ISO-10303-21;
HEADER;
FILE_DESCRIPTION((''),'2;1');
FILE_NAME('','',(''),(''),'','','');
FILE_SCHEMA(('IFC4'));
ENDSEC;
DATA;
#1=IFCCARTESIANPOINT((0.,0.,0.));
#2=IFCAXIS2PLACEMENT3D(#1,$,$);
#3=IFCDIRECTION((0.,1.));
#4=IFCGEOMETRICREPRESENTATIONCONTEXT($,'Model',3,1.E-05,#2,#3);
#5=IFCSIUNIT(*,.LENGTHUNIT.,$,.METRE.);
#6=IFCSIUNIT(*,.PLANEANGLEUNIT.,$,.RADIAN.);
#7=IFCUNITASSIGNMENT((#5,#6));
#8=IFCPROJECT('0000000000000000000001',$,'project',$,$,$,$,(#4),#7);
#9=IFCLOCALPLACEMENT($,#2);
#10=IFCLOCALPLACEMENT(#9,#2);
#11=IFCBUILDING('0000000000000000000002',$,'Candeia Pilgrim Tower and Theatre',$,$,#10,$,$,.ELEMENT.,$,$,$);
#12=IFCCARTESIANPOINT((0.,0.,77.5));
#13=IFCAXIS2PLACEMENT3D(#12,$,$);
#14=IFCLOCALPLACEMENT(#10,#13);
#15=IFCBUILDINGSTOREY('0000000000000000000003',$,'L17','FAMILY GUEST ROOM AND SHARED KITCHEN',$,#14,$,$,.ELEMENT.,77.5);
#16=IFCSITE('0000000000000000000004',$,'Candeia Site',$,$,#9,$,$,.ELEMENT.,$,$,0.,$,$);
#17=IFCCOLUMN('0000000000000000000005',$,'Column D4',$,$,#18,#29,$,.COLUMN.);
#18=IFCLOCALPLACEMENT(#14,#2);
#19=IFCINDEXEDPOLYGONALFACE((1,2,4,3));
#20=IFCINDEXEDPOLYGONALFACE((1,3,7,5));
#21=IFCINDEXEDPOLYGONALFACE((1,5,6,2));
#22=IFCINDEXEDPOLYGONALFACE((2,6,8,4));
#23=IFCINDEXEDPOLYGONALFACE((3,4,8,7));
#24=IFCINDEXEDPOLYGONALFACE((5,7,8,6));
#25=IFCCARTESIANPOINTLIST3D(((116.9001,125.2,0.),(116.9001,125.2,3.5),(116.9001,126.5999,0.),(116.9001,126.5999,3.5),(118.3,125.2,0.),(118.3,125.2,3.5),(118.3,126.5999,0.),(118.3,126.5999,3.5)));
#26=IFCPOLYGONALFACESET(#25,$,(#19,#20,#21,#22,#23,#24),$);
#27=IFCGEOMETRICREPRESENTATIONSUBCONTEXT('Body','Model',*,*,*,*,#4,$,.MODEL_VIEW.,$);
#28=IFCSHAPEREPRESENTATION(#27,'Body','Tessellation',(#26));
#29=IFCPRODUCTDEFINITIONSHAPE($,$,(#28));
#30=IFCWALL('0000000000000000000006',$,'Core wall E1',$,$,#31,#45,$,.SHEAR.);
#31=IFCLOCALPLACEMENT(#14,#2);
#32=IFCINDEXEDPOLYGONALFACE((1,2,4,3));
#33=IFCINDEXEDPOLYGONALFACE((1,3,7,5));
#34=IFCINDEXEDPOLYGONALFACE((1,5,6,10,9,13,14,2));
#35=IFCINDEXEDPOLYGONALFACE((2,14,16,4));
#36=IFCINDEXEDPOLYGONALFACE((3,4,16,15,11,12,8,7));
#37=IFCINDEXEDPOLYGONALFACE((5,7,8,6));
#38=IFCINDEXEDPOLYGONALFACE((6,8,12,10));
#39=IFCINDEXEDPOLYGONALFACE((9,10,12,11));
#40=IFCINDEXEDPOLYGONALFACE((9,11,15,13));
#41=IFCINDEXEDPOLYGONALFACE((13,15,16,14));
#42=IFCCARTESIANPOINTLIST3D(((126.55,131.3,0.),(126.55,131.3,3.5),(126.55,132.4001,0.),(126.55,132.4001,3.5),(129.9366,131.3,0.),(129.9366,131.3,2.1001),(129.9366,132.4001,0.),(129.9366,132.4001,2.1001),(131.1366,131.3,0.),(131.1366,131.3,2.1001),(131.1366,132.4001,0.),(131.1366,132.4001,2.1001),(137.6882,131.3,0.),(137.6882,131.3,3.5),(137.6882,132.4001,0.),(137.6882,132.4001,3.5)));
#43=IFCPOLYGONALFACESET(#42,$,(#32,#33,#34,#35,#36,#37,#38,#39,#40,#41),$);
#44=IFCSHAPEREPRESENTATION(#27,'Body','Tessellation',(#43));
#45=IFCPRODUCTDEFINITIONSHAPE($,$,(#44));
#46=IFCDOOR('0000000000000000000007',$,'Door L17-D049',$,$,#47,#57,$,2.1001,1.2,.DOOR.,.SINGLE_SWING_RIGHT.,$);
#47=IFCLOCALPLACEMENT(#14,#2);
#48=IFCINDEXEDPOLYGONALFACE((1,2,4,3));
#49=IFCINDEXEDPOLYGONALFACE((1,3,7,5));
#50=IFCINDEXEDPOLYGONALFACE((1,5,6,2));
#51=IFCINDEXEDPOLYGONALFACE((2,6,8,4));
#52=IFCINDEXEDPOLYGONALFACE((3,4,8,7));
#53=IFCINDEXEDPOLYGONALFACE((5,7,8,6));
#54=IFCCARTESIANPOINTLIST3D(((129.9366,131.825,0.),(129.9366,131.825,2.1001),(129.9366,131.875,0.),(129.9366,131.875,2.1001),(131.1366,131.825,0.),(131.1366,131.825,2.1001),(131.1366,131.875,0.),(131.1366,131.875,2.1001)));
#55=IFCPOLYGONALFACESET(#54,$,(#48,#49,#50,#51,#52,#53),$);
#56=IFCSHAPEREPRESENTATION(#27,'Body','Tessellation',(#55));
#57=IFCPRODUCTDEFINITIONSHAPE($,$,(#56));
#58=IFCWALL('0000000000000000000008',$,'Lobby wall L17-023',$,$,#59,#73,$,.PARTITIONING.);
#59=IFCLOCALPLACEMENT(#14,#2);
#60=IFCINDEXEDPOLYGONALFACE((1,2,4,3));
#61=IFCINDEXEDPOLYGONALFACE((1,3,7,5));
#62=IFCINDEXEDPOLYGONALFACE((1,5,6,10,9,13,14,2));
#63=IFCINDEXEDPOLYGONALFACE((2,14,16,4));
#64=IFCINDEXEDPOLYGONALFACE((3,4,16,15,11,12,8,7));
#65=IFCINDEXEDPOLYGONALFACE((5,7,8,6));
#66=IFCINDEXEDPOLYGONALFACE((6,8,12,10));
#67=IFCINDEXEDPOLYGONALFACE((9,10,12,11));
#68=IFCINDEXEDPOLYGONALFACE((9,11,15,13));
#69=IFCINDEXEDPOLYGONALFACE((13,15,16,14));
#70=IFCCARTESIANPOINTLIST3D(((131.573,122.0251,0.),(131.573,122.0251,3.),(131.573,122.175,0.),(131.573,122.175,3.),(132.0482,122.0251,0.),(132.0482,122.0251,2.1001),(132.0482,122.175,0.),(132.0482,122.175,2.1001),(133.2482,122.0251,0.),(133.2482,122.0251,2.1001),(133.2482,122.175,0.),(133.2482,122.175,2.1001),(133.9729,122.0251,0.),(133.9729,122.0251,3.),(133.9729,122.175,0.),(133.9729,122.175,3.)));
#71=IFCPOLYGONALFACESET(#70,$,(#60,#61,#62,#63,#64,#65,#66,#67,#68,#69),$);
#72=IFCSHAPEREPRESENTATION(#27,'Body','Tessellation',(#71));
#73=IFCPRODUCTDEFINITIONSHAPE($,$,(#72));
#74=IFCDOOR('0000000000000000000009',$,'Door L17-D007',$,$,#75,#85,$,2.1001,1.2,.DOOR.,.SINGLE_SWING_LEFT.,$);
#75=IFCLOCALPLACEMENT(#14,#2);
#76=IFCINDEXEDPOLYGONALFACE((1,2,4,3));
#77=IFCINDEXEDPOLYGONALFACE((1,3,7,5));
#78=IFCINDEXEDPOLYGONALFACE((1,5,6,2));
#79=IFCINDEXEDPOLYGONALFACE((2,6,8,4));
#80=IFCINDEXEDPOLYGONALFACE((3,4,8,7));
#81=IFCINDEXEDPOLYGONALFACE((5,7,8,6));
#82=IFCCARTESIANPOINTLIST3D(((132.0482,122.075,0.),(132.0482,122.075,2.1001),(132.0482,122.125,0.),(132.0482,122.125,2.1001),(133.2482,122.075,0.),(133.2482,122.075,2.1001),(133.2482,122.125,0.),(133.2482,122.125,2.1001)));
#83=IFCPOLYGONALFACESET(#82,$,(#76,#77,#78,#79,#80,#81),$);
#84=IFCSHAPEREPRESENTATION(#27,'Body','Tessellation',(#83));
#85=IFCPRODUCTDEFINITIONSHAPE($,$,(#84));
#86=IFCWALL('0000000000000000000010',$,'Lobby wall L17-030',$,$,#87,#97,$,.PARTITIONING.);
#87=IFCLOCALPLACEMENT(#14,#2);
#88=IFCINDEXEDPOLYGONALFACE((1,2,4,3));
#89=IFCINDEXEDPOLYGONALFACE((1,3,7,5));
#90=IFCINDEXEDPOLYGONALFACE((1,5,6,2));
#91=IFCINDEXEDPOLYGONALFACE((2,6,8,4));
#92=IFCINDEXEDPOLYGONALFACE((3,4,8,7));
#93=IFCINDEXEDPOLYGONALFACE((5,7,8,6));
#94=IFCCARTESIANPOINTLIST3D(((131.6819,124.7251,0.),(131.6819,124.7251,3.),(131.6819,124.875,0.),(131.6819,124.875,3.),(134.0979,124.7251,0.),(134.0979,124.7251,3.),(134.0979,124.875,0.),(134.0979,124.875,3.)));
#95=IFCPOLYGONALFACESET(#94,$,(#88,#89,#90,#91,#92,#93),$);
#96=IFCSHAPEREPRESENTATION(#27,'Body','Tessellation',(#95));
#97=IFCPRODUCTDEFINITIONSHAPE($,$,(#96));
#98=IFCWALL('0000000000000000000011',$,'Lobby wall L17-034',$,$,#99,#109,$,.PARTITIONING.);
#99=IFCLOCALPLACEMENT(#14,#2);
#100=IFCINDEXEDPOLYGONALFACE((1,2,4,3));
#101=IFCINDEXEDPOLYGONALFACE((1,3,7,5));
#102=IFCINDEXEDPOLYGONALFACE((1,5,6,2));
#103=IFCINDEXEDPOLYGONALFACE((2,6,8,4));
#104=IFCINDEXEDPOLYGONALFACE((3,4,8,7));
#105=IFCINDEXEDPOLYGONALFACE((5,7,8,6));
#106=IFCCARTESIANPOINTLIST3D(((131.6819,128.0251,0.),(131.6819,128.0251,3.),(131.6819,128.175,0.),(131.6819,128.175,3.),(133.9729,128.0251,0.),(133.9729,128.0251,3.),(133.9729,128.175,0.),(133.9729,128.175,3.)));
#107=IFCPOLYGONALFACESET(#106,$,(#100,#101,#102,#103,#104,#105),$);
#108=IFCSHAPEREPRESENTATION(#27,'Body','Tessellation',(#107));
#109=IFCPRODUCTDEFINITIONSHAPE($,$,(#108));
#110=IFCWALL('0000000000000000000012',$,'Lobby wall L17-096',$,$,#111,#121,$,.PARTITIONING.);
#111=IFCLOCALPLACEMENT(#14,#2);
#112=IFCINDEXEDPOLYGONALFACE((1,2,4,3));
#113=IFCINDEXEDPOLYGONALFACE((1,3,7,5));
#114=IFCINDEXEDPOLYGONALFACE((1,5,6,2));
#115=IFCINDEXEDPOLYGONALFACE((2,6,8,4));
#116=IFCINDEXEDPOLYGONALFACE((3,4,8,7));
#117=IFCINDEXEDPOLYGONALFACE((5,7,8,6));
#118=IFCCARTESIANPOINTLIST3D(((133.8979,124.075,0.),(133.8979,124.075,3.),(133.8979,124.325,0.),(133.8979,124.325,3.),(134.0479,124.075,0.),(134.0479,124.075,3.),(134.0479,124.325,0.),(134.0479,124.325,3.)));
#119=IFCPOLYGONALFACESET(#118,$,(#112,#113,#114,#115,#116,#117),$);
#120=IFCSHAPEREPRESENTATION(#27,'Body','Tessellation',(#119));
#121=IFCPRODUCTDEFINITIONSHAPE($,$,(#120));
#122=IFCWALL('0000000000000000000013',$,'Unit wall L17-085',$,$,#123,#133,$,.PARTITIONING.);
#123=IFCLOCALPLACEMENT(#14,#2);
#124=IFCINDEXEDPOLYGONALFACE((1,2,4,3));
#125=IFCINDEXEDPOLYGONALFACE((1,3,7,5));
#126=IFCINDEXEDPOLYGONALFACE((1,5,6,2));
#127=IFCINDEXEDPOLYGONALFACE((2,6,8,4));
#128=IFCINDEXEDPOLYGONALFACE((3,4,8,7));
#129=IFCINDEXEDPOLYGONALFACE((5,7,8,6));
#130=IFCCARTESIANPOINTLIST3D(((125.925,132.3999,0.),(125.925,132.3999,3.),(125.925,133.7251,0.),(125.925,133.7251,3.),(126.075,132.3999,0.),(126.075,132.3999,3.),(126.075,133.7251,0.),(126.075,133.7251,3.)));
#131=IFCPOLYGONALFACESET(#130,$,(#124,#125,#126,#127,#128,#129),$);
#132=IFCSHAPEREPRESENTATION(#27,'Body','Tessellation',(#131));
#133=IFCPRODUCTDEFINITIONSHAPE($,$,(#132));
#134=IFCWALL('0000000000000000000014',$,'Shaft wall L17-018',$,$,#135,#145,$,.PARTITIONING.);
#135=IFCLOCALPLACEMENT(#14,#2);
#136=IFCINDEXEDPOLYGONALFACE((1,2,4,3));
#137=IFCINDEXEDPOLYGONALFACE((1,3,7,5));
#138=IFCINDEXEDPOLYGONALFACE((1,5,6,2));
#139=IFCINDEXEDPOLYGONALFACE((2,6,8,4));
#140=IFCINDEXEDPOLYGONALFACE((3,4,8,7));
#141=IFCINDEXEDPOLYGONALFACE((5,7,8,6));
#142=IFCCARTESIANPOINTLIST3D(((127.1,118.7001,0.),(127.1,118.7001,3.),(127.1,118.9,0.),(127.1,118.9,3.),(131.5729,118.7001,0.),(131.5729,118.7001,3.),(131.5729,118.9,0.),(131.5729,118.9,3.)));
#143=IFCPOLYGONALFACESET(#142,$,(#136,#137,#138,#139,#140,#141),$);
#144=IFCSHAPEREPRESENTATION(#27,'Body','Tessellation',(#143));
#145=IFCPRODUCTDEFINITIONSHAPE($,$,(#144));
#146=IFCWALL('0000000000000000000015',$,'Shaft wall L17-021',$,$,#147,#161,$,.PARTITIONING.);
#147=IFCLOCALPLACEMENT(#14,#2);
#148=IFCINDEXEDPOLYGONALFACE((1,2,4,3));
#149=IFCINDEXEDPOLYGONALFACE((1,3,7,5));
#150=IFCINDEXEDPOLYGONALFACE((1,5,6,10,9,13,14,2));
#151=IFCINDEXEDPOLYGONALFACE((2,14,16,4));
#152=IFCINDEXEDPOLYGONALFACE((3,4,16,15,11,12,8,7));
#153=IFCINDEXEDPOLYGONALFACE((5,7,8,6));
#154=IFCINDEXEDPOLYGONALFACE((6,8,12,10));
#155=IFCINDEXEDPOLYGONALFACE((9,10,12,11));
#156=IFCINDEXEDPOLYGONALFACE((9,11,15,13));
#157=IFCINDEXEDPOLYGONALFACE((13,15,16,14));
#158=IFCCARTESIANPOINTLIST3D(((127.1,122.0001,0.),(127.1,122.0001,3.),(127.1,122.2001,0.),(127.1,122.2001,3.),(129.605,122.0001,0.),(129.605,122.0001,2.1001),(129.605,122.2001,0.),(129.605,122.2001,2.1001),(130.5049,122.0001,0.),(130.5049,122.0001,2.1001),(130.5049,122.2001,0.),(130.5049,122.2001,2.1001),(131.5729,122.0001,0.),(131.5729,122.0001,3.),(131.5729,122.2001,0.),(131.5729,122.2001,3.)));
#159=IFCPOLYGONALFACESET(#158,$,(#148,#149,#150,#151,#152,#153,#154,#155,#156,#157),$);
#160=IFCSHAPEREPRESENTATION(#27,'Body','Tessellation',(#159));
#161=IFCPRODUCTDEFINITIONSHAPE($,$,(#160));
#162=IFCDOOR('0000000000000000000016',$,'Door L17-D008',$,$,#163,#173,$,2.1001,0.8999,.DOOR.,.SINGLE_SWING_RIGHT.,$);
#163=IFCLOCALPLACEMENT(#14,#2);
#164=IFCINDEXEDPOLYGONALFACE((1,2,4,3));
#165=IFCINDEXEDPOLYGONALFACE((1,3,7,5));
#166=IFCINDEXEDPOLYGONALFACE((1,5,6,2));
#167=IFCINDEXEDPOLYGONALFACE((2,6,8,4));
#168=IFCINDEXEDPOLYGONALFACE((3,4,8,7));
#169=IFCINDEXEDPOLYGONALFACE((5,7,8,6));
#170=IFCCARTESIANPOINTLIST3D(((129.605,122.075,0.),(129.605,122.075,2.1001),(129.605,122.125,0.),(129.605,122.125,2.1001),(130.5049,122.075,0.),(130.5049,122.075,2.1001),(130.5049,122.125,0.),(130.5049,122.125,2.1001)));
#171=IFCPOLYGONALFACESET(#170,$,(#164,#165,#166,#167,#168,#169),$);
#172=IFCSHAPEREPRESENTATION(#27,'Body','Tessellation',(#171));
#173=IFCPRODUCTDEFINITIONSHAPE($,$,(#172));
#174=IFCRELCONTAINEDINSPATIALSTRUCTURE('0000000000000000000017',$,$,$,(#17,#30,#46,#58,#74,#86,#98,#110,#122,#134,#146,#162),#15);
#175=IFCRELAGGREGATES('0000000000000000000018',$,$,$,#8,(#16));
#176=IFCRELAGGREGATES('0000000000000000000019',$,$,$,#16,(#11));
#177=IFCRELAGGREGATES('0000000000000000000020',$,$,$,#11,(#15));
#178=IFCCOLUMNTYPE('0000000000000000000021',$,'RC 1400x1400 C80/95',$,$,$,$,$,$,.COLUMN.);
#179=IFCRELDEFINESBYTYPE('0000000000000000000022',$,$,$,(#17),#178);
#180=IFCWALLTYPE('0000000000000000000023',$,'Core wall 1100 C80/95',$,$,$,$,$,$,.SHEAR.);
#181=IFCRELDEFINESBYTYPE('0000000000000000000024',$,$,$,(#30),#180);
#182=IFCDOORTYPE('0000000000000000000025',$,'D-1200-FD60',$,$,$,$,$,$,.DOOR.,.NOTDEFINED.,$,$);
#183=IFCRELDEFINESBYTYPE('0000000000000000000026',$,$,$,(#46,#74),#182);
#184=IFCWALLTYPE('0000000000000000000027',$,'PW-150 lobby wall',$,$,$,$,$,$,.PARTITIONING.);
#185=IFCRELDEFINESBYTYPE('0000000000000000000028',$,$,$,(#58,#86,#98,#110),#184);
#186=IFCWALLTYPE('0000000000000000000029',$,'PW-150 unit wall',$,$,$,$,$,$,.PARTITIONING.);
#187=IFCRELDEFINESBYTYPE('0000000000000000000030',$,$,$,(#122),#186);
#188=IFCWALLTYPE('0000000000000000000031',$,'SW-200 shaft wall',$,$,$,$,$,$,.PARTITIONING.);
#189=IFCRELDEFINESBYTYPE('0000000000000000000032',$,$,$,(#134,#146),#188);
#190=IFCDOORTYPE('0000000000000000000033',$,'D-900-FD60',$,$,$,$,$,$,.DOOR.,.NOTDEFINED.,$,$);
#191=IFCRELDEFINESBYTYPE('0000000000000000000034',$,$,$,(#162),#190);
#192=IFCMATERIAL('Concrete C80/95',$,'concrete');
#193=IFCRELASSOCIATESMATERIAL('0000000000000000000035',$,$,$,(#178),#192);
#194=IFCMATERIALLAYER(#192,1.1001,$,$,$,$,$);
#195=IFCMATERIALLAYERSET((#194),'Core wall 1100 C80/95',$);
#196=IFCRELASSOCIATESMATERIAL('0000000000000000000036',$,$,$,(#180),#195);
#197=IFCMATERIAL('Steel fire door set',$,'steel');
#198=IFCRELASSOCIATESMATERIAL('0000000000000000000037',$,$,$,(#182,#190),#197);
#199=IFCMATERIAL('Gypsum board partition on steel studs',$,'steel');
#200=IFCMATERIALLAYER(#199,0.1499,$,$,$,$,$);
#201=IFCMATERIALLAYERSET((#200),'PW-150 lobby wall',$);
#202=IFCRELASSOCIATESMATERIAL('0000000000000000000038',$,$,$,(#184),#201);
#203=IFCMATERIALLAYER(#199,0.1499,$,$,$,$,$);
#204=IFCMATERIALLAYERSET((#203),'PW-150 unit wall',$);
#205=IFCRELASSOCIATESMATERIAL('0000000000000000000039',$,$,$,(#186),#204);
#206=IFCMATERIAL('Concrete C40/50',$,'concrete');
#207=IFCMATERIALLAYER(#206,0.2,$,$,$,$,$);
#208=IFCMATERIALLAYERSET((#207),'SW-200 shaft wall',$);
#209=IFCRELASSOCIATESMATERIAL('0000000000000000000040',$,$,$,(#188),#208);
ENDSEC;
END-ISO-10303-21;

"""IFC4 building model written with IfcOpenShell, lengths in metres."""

from ifc_helpers import new_model, si_unit, direction, frame, frame_2d, origin, origin_2d, place, context, subcontext, project, spatial, rectangle, extrude, material, layer, layer_set, material_profile, profile_set, type_object, element, fill, save


model = new_model("IFC4")

# Units and contexts
model_context = context("Model", 3, precision=1e-05, world=origin(), true_north=direction((0.0, 1.0)))
body_context = subcontext(model_context, "Body", "Model", "MODEL_VIEW")
ifc_project = project(units=[si_unit("LENGTHUNIT", "METRE"), si_unit("PLANEANGLEUNIT", "RADIAN")], contexts=[model_context])

# Site, building, storey
site_placement = place(None, origin())
site = spatial("IfcSite", under=ifc_project, at=site_placement, Name="Candeia Site", CompositionType="ELEMENT", RefElevation=0.0)
building_placement = place(site_placement, origin())
building = spatial("IfcBuilding", under=site, at=building_placement, Name="Candeia Pilgrim Tower and Theatre", CompositionType="ELEMENT")
storey_placement = place(building_placement, frame((0.0, 0.0, 77.5)))
storey = spatial("IfcBuildingStorey", under=building, at=storey_placement, Name="L17", Description="FAMILY GUEST ROOM AND SHARED KITCHEN", CompositionType="ELEMENT", Elevation=77.5)

# Column
ifc_material_1 = material(Name="Concrete C80/95", Category="concrete")
ifc_material_profile = material_profile(ifc_material_1, rectangle(XDim=1.3999, YDim=1.3999, at=origin_2d()))
ifc_profile_set = profile_set([ifc_material_profile], Name="Concrete C80/95")
column_type = type_object("IfcColumnType", Name="RC 1400x1400 C80/95", PredefinedType="COLUMN", material=ifc_profile_set)
column_placement = place(storey_placement, frame((117.6001, 125.8999, 0.0), z_axis=(0.0, 0.0, 1.0), x_axis=(1.0, 0.0, 0.0)))
element("IfcColumn", 1, at=column_placement, inside=storey, type_object=column_type, Name="Column D4", PredefinedType="COLUMN", context=body_context, shape_type="SweptSolid", body=[
    extrude(rectangle(XDim=1.3999, YDim=1.3999, at=origin_2d()), origin(), (0.0, 0.0, 1.0), 3.5),
])

# Walls, openings, doors
ifc_layer_1 = layer(ifc_material_1, 1.1001)
ifc_layer_set_1 = layer_set([ifc_layer_1], Name="Core wall 1100 C80/95")
wall_type_1 = type_object("IfcWallType", Name="Core wall 1100 C80/95", PredefinedType="SHEAR", material=ifc_layer_set_1)
wall_1_placement = place(storey_placement, frame((126.55, 131.8501, 0.0), z_axis=(0.0, 0.0, 1.0), x_axis=(1.0, 0.0, 0.0)))
wall_1 = element("IfcWall", 2, at=wall_1_placement, inside=storey, type_object=wall_type_1, Name="Core wall E1", PredefinedType="SHEAR", context=body_context, shape_type="SweptSolid", body=[
    extrude(rectangle(XDim=11.1382, YDim=1.1001, at=frame_2d((5.5691, 0.0))), origin(), (0.0, 0.0, 1.0), 3.5),
])
opening_1_placement = place(wall_1_placement, frame((3.3865, 0.0, 0.0)))
opening_1 = element("IfcOpeningElement", 3, at=opening_1_placement, cuts=wall_1, PredefinedType="OPENING", context=body_context, shape_type="SweptSolid", body=[
    extrude(rectangle(XDim=1.2, YDim=2.1001, at=frame_2d((0.6001, 1.05))), frame((0.0, 0.5601, 0.0), z_axis=(0.0, -1.0, 0.0), x_axis=(1.0, 0.0, 0.0)), (0.0, 0.0, 1.0), 1.1201),
])
ifc_material_2 = material(Name="Steel fire door set", Category="steel")
door_type_1 = type_object("IfcDoorType", Name="D-1200-FD60", OperationType="NOTDEFINED", PredefinedType="DOOR", material=ifc_material_2)
door_1_placement = place(opening_1_placement, origin())
door_1 = element("IfcDoor", 4, at=door_1_placement, inside=storey, type_object=door_type_1, Name="Door L17-D049", OperationType="SINGLE_SWING_RIGHT", OverallHeight=2.1001, OverallWidth=1.2, PredefinedType="DOOR", context=body_context, shape_type="SweptSolid", body=[
    extrude(rectangle(XDim=1.2, YDim=2.1001, at=frame_2d((0.6001, 1.05))), frame((0.0, 0.0249, 0.0), z_axis=(0.0, -1.0, 0.0), x_axis=(1.0, 0.0, 0.0)), (0.0, 0.0, 1.0), 0.05),
])
fill(opening_1, door_1)
ifc_material_3 = material(Name="Gypsum board partition on steel studs", Category="steel")
ifc_layer_2 = layer(ifc_material_3, 0.1499)
ifc_layer_set_2 = layer_set([ifc_layer_2], Name="PW-150 lobby wall")
wall_type_2 = type_object("IfcWallType", Name="PW-150 lobby wall", PredefinedType="PARTITIONING", material=ifc_layer_set_2)
wall_2_placement = place(storey_placement, frame((131.573, 122.1001, 0.0), z_axis=(0.0, 0.0, 1.0), x_axis=(1.0, 0.0, 0.0)))
wall_2 = element("IfcWall", 5, at=wall_2_placement, inside=storey, type_object=wall_type_2, Name="Lobby wall L17-023", PredefinedType="PARTITIONING", context=body_context, shape_type="SweptSolid", body=[
    extrude(rectangle(XDim=2.3999, YDim=0.1499, at=frame_2d((1.2, 0.0))), origin(), (0.0, 0.0, 1.0), 3.0),
])
opening_2_placement = place(wall_2_placement, frame((0.4751, 0.0, 0.0)))
opening_2 = element("IfcOpeningElement", 6, at=opening_2_placement, cuts=wall_2, PredefinedType="OPENING", context=body_context, shape_type="SweptSolid", body=[
    extrude(rectangle(XDim=1.2, YDim=2.1001, at=frame_2d((0.6001, 1.05))), frame((0.0, 0.085, 0.0), z_axis=(0.0, -1.0, 0.0), x_axis=(1.0, 0.0, 0.0)), (0.0, 0.0, 1.0), 0.1699),
])
door_2_placement = place(opening_2_placement, origin())
door_2 = element("IfcDoor", 7, at=door_2_placement, inside=storey, type_object=door_type_1, Name="Door L17-D007", OperationType="SINGLE_SWING_LEFT", OverallHeight=2.1001, OverallWidth=1.2, PredefinedType="DOOR", context=body_context, shape_type="SweptSolid", body=[
    extrude(rectangle(XDim=1.2, YDim=2.1001, at=frame_2d((0.6001, 1.05))), frame((0.0, 0.0249, 0.0), z_axis=(0.0, -1.0, 0.0), x_axis=(1.0, 0.0, 0.0)), (0.0, 0.0, 1.0), 0.05),
])
fill(opening_2, door_2)

# Walls
wall_3_placement = place(storey_placement, frame((131.6819, 124.8, 0.0), z_axis=(0.0, 0.0, 1.0), x_axis=(1.0, 0.0, 0.0)))
element("IfcWall", 8, at=wall_3_placement, inside=storey, type_object=wall_type_2, Name="Lobby wall L17-030", PredefinedType="PARTITIONING", context=body_context, shape_type="SweptSolid", body=[
    extrude(rectangle(XDim=2.416, YDim=0.1499, at=frame_2d((1.208, 0.0))), origin(), (0.0, 0.0, 1.0), 3.0),
])
wall_4_placement = place(storey_placement, frame((131.6819, 128.1001, 0.0), z_axis=(0.0, 0.0, 1.0), x_axis=(1.0, 0.0, 0.0)))
element("IfcWall", 9, at=wall_4_placement, inside=storey, type_object=wall_type_2, Name="Lobby wall L17-034", PredefinedType="PARTITIONING", context=body_context, shape_type="SweptSolid", body=[
    extrude(rectangle(XDim=2.291, YDim=0.1499, at=frame_2d((1.1455, 0.0))), origin(), (0.0, 0.0, 1.0), 3.0),
])
wall_5_placement = place(storey_placement, frame((133.9729, 124.075, 0.0), z_axis=(0.0, 0.0, 1.0), x_axis=(0.0, 1.0, 0.0)))
element("IfcWall", 10, at=wall_5_placement, inside=storey, type_object=wall_type_2, Name="Lobby wall L17-096", PredefinedType="PARTITIONING", context=body_context, shape_type="SweptSolid", body=[
    extrude(rectangle(XDim=0.25, YDim=0.1499, at=frame_2d((0.125, 0.0))), origin(), (0.0, 0.0, 1.0), 3.0),
])
ifc_layer_3 = layer(ifc_material_3, 0.1499)
ifc_layer_set_3 = layer_set([ifc_layer_3], Name="PW-150 unit wall")
wall_type_3 = type_object("IfcWallType", Name="PW-150 unit wall", PredefinedType="PARTITIONING", material=ifc_layer_set_3)
wall_6_placement = place(storey_placement, frame((126.0, 132.3999, 0.0), z_axis=(0.0, 0.0, 1.0), x_axis=(0.0, 1.0, 0.0)))
element("IfcWall", 11, at=wall_6_placement, inside=storey, type_object=wall_type_3, Name="Unit wall L17-085", PredefinedType="PARTITIONING", context=body_context, shape_type="SweptSolid", body=[
    extrude(rectangle(XDim=1.3252, YDim=0.1499, at=frame_2d((0.6626, 0.0))), origin(), (0.0, 0.0, 1.0), 3.0),
])
ifc_material_4 = material(Name="Concrete C40/50", Category="concrete")
ifc_layer_4 = layer(ifc_material_4, 0.2)
ifc_layer_set_4 = layer_set([ifc_layer_4], Name="SW-200 shaft wall")
wall_type_4 = type_object("IfcWallType", Name="SW-200 shaft wall", PredefinedType="PARTITIONING", material=ifc_layer_set_4)
wall_7_placement = place(storey_placement, frame((127.1001, 118.8, 0.0), z_axis=(0.0, 0.0, 1.0), x_axis=(1.0, 0.0, 0.0)))
element("IfcWall", 12, at=wall_7_placement, inside=storey, type_object=wall_type_4, Name="Shaft wall L17-018", PredefinedType="PARTITIONING", context=body_context, shape_type="SweptSolid", body=[
    extrude(rectangle(XDim=4.4729, YDim=0.2, at=frame_2d((2.2363, 0.0))), origin(), (0.0, 0.0, 1.0), 3.0),
])

# Wall, opening, door
wall_8_placement = place(storey_placement, frame((127.1001, 122.1001, 0.0), z_axis=(0.0, 0.0, 1.0), x_axis=(1.0, 0.0, 0.0)))
wall_8 = element("IfcWall", 13, at=wall_8_placement, inside=storey, type_object=wall_type_4, Name="Shaft wall L17-021", PredefinedType="PARTITIONING", context=body_context, shape_type="SweptSolid", body=[
    extrude(rectangle(XDim=4.4729, YDim=0.2, at=frame_2d((2.2363, 0.0))), origin(), (0.0, 0.0, 1.0), 3.0),
])
opening_3_placement = place(wall_8_placement, frame((2.5049, 0.0, 0.0)))
opening_3 = element("IfcOpeningElement", 14, at=opening_3_placement, cuts=wall_8, PredefinedType="OPENING", context=body_context, shape_type="SweptSolid", body=[
    extrude(rectangle(XDim=0.8999, YDim=2.1001, at=frame_2d((0.45, 1.05))), frame((0.0, 0.1099, 0.0), z_axis=(0.0, -1.0, 0.0), x_axis=(1.0, 0.0, 0.0)), (0.0, 0.0, 1.0), 0.22),
])
door_type_2 = type_object("IfcDoorType", Name="D-900-FD60", OperationType="NOTDEFINED", PredefinedType="DOOR", material=ifc_material_2)
door_3_placement = place(opening_3_placement, origin())
door_3 = element("IfcDoor", 15, at=door_3_placement, inside=storey, type_object=door_type_2, Name="Door L17-D008", OperationType="SINGLE_SWING_RIGHT", OverallHeight=2.1001, OverallWidth=0.8999, PredefinedType="DOOR", context=body_context, shape_type="SweptSolid", body=[
    extrude(rectangle(XDim=0.8999, YDim=2.1001, at=frame_2d((0.45, 1.05))), frame((0.0, 0.0249, 0.0), z_axis=(0.0, -1.0, 0.0), x_axis=(1.0, 0.0, 0.0)), (0.0, 0.0, 1.0), 0.05),
])
fill(opening_3, door_3)

save(model, "model.ifc")
